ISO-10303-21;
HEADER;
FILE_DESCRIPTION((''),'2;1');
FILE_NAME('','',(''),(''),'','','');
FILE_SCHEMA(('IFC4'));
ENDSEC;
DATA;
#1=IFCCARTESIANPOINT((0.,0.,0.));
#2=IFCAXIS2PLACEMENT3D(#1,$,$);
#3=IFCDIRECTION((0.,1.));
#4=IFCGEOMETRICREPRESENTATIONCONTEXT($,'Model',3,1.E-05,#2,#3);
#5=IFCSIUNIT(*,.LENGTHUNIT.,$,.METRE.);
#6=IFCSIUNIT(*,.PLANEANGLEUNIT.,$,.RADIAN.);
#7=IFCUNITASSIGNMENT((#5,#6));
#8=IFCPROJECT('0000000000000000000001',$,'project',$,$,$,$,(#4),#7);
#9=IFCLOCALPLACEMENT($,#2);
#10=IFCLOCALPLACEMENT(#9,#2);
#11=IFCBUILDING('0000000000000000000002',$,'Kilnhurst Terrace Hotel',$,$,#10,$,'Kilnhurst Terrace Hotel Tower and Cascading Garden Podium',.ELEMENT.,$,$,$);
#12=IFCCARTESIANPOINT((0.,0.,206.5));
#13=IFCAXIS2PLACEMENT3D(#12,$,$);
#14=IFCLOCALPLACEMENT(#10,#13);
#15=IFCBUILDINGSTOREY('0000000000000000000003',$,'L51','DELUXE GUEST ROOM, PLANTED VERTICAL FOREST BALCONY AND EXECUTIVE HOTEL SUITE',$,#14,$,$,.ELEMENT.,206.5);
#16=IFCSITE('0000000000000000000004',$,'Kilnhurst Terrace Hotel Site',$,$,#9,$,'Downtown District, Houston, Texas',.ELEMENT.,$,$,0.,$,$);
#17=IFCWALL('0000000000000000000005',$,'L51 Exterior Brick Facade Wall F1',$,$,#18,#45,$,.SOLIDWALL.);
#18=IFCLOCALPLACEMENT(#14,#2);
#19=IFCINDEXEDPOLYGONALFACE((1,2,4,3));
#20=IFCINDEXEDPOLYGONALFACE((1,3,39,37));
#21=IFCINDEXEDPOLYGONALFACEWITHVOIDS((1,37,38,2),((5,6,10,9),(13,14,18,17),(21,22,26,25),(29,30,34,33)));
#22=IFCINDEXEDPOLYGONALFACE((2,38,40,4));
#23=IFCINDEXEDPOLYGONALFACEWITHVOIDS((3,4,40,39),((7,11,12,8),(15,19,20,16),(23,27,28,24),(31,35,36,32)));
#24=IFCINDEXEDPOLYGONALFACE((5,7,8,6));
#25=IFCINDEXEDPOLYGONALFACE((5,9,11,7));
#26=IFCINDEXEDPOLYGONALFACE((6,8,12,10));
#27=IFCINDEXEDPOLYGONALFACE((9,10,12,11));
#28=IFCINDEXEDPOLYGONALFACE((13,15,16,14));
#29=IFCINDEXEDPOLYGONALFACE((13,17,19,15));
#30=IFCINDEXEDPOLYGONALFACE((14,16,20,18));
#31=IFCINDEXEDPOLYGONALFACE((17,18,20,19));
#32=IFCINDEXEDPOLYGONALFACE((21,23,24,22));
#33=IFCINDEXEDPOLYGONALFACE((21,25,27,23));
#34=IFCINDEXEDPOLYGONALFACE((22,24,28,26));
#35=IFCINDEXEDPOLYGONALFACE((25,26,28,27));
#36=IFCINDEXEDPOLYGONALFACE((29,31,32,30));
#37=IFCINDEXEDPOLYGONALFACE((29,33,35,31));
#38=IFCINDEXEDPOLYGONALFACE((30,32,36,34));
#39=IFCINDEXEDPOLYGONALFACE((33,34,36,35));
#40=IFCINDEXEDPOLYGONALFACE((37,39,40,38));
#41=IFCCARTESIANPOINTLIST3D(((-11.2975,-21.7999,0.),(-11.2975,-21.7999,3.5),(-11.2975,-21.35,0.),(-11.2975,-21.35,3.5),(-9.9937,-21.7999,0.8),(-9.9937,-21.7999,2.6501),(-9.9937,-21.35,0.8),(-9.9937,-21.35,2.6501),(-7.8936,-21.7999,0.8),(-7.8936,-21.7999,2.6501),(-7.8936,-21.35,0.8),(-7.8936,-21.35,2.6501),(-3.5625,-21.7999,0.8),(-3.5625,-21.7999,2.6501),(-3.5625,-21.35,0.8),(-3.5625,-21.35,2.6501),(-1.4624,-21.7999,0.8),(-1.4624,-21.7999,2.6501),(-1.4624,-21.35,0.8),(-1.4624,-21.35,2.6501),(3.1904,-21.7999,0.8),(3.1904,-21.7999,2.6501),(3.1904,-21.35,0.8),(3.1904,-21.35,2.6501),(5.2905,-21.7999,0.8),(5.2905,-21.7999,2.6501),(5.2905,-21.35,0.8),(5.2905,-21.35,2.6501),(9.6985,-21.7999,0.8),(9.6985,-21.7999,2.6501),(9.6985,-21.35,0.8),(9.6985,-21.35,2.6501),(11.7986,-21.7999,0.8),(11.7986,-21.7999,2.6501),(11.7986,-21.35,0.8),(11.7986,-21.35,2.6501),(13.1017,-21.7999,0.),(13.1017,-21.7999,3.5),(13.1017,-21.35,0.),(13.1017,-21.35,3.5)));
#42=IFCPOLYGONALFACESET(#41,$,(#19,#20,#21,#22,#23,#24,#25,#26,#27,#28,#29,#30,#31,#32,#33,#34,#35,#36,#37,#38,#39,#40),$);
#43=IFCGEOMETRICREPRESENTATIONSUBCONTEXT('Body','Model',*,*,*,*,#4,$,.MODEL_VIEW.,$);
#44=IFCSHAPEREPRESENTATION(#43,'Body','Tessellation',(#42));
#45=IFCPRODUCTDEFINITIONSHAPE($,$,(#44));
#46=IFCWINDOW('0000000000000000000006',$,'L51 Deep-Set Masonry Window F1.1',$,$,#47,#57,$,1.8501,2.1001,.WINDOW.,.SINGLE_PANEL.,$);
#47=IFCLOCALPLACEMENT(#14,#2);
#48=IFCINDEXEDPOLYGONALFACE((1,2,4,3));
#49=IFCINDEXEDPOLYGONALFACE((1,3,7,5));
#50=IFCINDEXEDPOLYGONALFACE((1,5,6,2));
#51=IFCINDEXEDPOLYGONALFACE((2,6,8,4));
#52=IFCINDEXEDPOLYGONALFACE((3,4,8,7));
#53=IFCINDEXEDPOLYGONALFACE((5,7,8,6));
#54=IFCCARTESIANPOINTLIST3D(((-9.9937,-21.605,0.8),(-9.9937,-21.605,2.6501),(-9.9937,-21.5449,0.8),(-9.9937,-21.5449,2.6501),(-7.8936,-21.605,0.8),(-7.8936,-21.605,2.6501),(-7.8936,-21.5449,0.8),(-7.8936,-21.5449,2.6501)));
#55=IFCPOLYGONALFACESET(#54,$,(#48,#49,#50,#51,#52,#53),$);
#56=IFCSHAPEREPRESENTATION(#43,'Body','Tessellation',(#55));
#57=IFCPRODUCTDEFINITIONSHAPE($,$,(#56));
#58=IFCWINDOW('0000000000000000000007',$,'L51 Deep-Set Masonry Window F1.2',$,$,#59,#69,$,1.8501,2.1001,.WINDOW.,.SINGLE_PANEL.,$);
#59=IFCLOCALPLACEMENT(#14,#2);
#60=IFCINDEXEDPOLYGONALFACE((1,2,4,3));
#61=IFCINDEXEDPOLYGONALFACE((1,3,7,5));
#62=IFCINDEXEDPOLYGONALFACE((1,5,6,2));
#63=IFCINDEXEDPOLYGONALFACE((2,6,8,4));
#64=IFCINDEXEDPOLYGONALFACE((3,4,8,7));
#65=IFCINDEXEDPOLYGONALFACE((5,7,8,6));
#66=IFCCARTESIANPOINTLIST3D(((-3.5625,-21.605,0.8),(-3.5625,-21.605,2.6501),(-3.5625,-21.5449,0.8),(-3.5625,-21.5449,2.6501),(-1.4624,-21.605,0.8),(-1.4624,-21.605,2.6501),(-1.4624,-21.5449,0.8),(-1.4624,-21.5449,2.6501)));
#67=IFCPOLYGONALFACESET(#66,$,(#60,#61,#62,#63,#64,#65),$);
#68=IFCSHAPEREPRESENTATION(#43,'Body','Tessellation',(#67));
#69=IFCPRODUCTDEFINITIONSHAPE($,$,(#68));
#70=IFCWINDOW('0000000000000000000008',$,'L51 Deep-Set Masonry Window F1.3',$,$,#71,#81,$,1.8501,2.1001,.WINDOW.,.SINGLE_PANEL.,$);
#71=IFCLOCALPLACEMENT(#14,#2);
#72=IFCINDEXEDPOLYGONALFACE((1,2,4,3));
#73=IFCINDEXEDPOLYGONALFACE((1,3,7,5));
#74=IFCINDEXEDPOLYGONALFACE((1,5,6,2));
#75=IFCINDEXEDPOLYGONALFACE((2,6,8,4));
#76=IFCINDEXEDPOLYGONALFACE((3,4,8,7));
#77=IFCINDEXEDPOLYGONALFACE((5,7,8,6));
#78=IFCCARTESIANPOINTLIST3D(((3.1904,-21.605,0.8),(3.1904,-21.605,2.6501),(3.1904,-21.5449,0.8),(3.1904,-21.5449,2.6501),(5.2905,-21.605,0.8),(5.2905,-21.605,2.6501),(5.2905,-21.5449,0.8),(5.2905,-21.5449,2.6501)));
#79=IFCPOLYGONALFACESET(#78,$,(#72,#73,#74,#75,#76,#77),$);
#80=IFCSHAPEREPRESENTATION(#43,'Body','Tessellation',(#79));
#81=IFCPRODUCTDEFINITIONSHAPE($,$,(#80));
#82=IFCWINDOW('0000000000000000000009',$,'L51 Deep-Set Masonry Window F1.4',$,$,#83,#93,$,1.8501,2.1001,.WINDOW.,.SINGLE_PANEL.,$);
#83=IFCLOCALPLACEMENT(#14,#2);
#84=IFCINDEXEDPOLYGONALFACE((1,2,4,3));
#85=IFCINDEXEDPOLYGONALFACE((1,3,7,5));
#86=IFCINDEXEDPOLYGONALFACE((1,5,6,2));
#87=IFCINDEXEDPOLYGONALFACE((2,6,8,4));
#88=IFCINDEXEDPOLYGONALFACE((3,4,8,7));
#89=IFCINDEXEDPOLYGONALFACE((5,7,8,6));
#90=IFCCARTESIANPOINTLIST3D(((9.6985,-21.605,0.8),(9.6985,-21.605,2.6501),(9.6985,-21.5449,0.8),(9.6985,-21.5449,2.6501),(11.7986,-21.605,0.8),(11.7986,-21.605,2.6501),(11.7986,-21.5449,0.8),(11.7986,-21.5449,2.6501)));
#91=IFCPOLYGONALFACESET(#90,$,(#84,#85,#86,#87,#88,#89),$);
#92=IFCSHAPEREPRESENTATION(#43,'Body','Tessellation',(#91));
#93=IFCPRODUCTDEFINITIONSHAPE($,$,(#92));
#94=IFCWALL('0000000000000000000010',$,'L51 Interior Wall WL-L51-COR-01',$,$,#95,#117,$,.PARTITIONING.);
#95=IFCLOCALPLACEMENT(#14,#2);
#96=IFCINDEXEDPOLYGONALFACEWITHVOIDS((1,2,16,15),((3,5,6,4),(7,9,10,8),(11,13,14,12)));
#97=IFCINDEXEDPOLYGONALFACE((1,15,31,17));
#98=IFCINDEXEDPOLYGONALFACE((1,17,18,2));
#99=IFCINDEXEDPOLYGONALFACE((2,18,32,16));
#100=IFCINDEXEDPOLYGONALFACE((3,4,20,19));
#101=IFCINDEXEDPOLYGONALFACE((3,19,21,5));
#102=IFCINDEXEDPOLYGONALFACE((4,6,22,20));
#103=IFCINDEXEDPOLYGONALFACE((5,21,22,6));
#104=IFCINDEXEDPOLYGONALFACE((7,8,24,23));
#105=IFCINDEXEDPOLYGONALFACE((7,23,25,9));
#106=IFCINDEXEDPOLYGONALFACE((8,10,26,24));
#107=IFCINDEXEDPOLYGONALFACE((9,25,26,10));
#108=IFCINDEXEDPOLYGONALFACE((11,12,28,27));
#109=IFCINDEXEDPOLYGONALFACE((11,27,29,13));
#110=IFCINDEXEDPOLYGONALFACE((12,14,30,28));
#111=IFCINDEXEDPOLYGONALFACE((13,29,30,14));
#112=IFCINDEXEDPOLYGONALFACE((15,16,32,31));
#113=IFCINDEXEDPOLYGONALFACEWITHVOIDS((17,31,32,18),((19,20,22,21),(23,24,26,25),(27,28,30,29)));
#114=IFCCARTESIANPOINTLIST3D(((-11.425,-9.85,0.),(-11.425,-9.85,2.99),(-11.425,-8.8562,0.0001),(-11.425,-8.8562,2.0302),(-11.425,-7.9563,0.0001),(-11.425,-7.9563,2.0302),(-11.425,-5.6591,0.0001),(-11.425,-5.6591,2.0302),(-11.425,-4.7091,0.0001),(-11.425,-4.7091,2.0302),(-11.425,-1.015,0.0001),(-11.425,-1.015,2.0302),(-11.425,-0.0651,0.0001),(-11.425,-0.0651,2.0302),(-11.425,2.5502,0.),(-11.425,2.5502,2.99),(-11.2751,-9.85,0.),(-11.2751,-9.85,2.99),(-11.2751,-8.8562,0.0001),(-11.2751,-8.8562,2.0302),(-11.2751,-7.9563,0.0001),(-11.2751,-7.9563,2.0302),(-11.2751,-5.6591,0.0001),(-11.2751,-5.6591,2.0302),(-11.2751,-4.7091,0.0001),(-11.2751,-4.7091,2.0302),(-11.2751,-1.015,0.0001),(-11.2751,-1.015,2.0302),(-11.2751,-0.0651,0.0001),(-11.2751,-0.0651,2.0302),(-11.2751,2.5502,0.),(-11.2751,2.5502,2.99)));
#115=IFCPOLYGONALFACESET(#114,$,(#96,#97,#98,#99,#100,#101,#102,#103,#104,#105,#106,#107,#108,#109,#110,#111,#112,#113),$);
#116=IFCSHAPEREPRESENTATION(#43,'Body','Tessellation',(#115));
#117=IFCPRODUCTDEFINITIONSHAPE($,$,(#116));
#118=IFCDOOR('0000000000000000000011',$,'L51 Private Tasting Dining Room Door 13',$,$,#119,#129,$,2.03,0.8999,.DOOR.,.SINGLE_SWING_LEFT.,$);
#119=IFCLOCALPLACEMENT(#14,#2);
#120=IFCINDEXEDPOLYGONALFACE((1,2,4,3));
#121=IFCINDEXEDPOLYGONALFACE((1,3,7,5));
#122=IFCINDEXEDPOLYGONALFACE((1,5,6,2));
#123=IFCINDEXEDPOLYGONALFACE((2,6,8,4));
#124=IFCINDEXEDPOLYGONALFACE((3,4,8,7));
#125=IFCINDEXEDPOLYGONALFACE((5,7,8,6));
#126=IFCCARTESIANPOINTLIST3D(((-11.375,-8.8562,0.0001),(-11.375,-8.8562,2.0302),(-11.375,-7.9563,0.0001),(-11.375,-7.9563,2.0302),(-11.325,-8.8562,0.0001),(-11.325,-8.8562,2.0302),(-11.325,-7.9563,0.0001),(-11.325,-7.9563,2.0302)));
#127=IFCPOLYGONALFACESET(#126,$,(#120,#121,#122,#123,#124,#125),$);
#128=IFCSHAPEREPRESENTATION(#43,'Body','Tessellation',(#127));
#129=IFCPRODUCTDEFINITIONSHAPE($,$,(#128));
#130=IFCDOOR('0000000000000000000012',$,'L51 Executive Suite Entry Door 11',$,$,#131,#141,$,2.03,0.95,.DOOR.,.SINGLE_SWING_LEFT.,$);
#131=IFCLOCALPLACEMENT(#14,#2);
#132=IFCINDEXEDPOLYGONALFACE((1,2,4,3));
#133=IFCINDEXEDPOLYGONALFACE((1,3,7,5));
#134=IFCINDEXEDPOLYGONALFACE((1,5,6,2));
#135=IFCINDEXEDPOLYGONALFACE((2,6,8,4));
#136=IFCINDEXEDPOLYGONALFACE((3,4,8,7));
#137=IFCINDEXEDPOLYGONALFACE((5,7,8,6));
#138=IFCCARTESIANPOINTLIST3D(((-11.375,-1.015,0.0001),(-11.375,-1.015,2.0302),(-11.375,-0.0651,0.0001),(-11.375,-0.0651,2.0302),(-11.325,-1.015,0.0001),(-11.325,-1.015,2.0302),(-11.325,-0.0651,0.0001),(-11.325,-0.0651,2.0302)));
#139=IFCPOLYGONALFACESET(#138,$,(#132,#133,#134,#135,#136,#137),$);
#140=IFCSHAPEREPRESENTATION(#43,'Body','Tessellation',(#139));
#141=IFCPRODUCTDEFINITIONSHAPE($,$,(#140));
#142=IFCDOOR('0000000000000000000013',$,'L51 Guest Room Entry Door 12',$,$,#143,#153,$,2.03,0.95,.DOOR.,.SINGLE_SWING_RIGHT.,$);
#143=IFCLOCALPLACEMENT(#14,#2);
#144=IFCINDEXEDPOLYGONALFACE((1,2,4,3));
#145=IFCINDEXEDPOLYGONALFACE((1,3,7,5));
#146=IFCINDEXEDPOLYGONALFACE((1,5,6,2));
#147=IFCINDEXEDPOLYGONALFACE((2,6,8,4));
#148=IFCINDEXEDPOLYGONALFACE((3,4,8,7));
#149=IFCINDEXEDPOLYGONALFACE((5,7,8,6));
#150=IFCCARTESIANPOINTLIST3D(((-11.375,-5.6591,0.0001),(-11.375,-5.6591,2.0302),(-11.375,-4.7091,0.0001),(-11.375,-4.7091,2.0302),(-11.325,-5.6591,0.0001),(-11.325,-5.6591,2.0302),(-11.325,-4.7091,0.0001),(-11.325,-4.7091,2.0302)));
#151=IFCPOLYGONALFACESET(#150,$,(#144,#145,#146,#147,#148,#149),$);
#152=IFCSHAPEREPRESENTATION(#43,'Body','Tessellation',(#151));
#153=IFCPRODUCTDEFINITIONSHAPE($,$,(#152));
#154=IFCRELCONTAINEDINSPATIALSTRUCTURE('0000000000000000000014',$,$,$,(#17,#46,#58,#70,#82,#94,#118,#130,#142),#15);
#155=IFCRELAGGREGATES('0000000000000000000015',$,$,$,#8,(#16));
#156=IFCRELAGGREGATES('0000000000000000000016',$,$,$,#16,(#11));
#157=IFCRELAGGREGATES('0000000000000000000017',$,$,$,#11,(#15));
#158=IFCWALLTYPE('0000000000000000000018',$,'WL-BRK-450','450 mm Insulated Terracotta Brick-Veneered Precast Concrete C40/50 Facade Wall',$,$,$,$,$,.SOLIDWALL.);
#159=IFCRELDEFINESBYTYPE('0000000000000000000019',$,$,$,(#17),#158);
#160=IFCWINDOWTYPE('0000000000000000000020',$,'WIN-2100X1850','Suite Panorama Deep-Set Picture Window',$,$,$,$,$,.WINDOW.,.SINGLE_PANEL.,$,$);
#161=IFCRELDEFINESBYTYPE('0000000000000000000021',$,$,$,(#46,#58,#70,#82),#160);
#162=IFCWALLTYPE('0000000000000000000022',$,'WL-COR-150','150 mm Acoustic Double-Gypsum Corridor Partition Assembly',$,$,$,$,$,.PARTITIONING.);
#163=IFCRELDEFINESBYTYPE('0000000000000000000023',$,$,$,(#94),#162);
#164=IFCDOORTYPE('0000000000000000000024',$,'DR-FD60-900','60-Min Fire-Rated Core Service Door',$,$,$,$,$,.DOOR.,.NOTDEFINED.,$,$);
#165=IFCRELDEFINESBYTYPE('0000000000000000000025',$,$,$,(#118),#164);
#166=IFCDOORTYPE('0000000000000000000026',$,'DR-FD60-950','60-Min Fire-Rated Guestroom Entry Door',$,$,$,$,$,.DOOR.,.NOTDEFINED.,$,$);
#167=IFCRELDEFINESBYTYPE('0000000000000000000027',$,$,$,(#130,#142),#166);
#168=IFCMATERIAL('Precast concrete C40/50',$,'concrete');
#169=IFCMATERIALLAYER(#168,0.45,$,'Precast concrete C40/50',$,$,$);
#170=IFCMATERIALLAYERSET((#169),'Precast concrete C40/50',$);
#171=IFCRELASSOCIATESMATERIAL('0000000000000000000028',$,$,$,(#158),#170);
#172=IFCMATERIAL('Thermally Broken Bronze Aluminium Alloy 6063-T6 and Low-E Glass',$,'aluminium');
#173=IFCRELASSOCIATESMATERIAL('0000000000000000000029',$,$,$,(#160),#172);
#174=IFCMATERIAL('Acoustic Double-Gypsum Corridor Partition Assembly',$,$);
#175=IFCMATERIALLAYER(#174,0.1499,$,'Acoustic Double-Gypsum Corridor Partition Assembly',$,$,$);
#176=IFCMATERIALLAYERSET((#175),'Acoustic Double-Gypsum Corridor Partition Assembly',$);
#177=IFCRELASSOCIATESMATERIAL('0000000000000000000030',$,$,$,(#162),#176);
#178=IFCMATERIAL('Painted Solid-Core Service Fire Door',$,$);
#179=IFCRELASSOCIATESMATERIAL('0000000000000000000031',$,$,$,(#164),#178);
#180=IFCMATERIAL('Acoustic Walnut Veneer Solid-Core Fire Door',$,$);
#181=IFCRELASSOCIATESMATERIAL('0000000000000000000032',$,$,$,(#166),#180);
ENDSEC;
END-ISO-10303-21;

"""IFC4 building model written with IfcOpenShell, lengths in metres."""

from ifc_helpers import new_model, si_unit, direction, frame, frame_2d, origin, place, context, subcontext, project, spatial, rectangle, extrude, material, layer, layer_set, type_object, element, fill, save


model = new_model("IFC4")

# Units and contexts
model_context = context("Model", 3, precision=1e-05, world=origin(), true_north=direction((0.0, 1.0)))
body_context = subcontext(model_context, "Body", "Model", "MODEL_VIEW")
ifc_project = project(units=[si_unit("LENGTHUNIT", "METRE"), si_unit("PLANEANGLEUNIT", "RADIAN")], contexts=[model_context])

# Site, building, storey
site_placement = place(None, origin())
site = spatial("IfcSite", under=ifc_project, at=site_placement, Name="Kilnhurst Terrace Hotel Site", LongName="Downtown District, Houston, Texas", CompositionType="ELEMENT", RefElevation=0.0)
building_placement = place(site_placement, origin())
building = spatial("IfcBuilding", under=site, at=building_placement, Name="Kilnhurst Terrace Hotel", LongName="Kilnhurst Terrace Hotel Tower and Cascading Garden Podium", CompositionType="ELEMENT")
storey_placement = place(building_placement, frame((0.0, 0.0, 206.5)))
storey = spatial("IfcBuildingStorey", under=building, at=storey_placement, Name="L51", Description="DELUXE GUEST ROOM, PLANTED VERTICAL FOREST BALCONY AND EXECUTIVE HOTEL SUITE", CompositionType="ELEMENT", Elevation=206.5)

# Shared definitions
ifc_material_1 = material(Name="Precast concrete C40/50", Category="concrete")
ifc_layer_1 = layer(ifc_material_1, 0.45, Name="Precast concrete C40/50")
ifc_layer_set_1 = layer_set([ifc_layer_1], Name="Precast concrete C40/50")
wall_type_1 = type_object("IfcWallType", Name="WL-BRK-450", Description="450 mm Insulated Terracotta Brick-Veneered Precast Concrete C40/50 Facade Wall", PredefinedType="SOLIDWALL", material=ifc_layer_set_1)

# Wall, openings, windows
wall_1_placement = place(storey_placement, frame((-11.2976, -21.575, 0.0), z_axis=(0.0, 0.0, 1.0), x_axis=(1.0, 0.0, 0.0)))
wall_1 = element("IfcWall", 1, at=wall_1_placement, inside=storey, type_object=wall_type_1, Name="L51 Exterior Brick Facade Wall F1", PredefinedType="SOLIDWALL", context=body_context, shape_type="SweptSolid", body=[
    extrude(rectangle(XDim=24.3992, YDim=0.45, at=frame_2d((12.1997, 0.0))), origin(), (0.0, 0.0, 1.0), 3.5),
])
opening_1_placement = place(wall_1_placement, frame((1.304, 0.0, 0.8)))
opening_1 = element("IfcOpeningElement", 2, at=opening_1_placement, cuts=wall_1, PredefinedType="OPENING", context=body_context, shape_type="SweptSolid", body=[
    extrude(rectangle(XDim=2.1001, YDim=1.8501, at=frame_2d((1.05, 0.925))), frame((0.0, 0.2349, 0.0), z_axis=(0.0, -1.0, 0.0), x_axis=(1.0, 0.0, 0.0)), (0.0, 0.0, 1.0), 0.47),
])
opening_2_placement = place(wall_1_placement, frame((7.7351, 0.0, 0.8)))
opening_2 = element("IfcOpeningElement", 3, at=opening_2_placement, cuts=wall_1, PredefinedType="OPENING", context=body_context, shape_type="SweptSolid", body=[
    extrude(rectangle(XDim=2.1001, YDim=1.8501, at=frame_2d((1.05, 0.925))), frame((0.0, 0.2349, 0.0), z_axis=(0.0, -1.0, 0.0), x_axis=(1.0, 0.0, 0.0)), (0.0, 0.0, 1.0), 0.47),
])
opening_3_placement = place(wall_1_placement, frame((14.488, 0.0, 0.8)))
opening_3 = element("IfcOpeningElement", 4, at=opening_3_placement, cuts=wall_1, PredefinedType="OPENING", context=body_context, shape_type="SweptSolid", body=[
    extrude(rectangle(XDim=2.1001, YDim=1.8501, at=frame_2d((1.05, 0.925))), frame((0.0, 0.2349, 0.0), z_axis=(0.0, -1.0, 0.0), x_axis=(1.0, 0.0, 0.0)), (0.0, 0.0, 1.0), 0.47),
])
opening_4_placement = place(wall_1_placement, frame((20.9961, 0.0, 0.8)))
opening_4 = element("IfcOpeningElement", 5, at=opening_4_placement, cuts=wall_1, PredefinedType="OPENING", context=body_context, shape_type="SweptSolid", body=[
    extrude(rectangle(XDim=2.1001, YDim=1.8501, at=frame_2d((1.05, 0.925))), frame((0.0, 0.2349, 0.0), z_axis=(0.0, -1.0, 0.0), x_axis=(1.0, 0.0, 0.0)), (0.0, 0.0, 1.0), 0.47),
])
ifc_material_2 = material(Name="Thermally Broken Bronze Aluminium Alloy 6063-T6 and Low-E Glass", Category="aluminium")
window_type = type_object("IfcWindowType", Name="WIN-2100X1850", Description="Suite Panorama Deep-Set Picture Window", PartitioningType="SINGLE_PANEL", PredefinedType="WINDOW", material=ifc_material_2)
window_1_placement = place(opening_1_placement, origin())
window_1 = element("IfcWindow", 6, at=window_1_placement, inside=storey, type_object=window_type, Name="L51 Deep-Set Masonry Window F1.1", OverallHeight=1.8501, OverallWidth=2.1001, PartitioningType="SINGLE_PANEL", PredefinedType="WINDOW", context=body_context, shape_type="SweptSolid", body=[
    extrude(rectangle(XDim=2.1001, YDim=1.8501, at=frame_2d((1.05, 0.925))), frame((0.0, 0.03, 0.0), z_axis=(0.0, -1.0, 0.0), x_axis=(1.0, 0.0, 0.0)), (0.0, 0.0, 1.0), 0.0601),
])
fill(opening_1, window_1)
window_2_placement = place(opening_2_placement, origin())
window_2 = element("IfcWindow", 7, at=window_2_placement, inside=storey, type_object=window_type, Name="L51 Deep-Set Masonry Window F1.2", OverallHeight=1.8501, OverallWidth=2.1001, PartitioningType="SINGLE_PANEL", PredefinedType="WINDOW", context=body_context, shape_type="SweptSolid", body=[
    extrude(rectangle(XDim=2.1001, YDim=1.8501, at=frame_2d((1.05, 0.925))), frame((0.0, 0.03, 0.0), z_axis=(0.0, -1.0, 0.0), x_axis=(1.0, 0.0, 0.0)), (0.0, 0.0, 1.0), 0.0601),
])
fill(opening_2, window_2)
window_3_placement = place(opening_3_placement, origin())
window_3 = element("IfcWindow", 8, at=window_3_placement, inside=storey, type_object=window_type, Name="L51 Deep-Set Masonry Window F1.3", OverallHeight=1.8501, OverallWidth=2.1001, PartitioningType="SINGLE_PANEL", PredefinedType="WINDOW", context=body_context, shape_type="SweptSolid", body=[
    extrude(rectangle(XDim=2.1001, YDim=1.8501, at=frame_2d((1.05, 0.925))), frame((0.0, 0.03, 0.0), z_axis=(0.0, -1.0, 0.0), x_axis=(1.0, 0.0, 0.0)), (0.0, 0.0, 1.0), 0.0601),
])
fill(opening_3, window_3)
window_4_placement = place(opening_4_placement, origin())
window_4 = element("IfcWindow", 9, at=window_4_placement, inside=storey, type_object=window_type, Name="L51 Deep-Set Masonry Window F1.4", OverallHeight=1.8501, OverallWidth=2.1001, PartitioningType="SINGLE_PANEL", PredefinedType="WINDOW", context=body_context, shape_type="SweptSolid", body=[
    extrude(rectangle(XDim=2.1001, YDim=1.8501, at=frame_2d((1.05, 0.925))), frame((0.0, 0.03, 0.0), z_axis=(0.0, -1.0, 0.0), x_axis=(1.0, 0.0, 0.0)), (0.0, 0.0, 1.0), 0.0601),
])
fill(opening_4, window_4)

# Wall, openings, doors
ifc_material_3 = material(Name="Acoustic Double-Gypsum Corridor Partition Assembly")
ifc_layer_2 = layer(ifc_material_3, 0.1499, Name="Acoustic Double-Gypsum Corridor Partition Assembly")
ifc_layer_set_2 = layer_set([ifc_layer_2], Name="Acoustic Double-Gypsum Corridor Partition Assembly")
wall_type_2 = type_object("IfcWallType", Name="WL-COR-150", Description="150 mm Acoustic Double-Gypsum Corridor Partition Assembly", PredefinedType="PARTITIONING", material=ifc_layer_set_2)
wall_2_placement = place(storey_placement, frame((-11.3501, -9.8501, 0.0), z_axis=(0.0, 0.0, 1.0), x_axis=(0.0, 1.0, 0.0)))
wall_2 = element("IfcWall", 10, at=wall_2_placement, inside=storey, type_object=wall_type_2, Name="L51 Interior Wall WL-L51-COR-01", PredefinedType="PARTITIONING", context=body_context, shape_type="SweptSolid", body=[
    extrude(rectangle(XDim=12.4001, YDim=0.1499, at=frame_2d((6.2002, 0.0))), origin(), (0.0, 0.0, 1.0), 2.99),
])
opening_5_placement = place(wall_2_placement, frame((8.835, 0.0, 0.0)))
opening_5 = element("IfcOpeningElement", 11, at=opening_5_placement, cuts=wall_2, PredefinedType="OPENING", context=body_context, shape_type="SweptSolid", body=[
    extrude(rectangle(XDim=0.95, YDim=2.03, at=frame_2d((0.4751, 1.0151))), frame((0.0, 0.085, 0.0), z_axis=(0.0, -1.0, 0.0), x_axis=(1.0, 0.0, 0.0)), (0.0, 0.0, 1.0), 0.1699),
])
opening_6_placement = place(wall_2_placement, frame((4.1909, 0.0, 0.0)))
opening_6 = element("IfcOpeningElement", 12, at=opening_6_placement, cuts=wall_2, PredefinedType="OPENING", context=body_context, shape_type="SweptSolid", body=[
    extrude(rectangle(XDim=0.95, YDim=2.03, at=frame_2d((0.4751, 1.0151))), frame((0.0, 0.085, 0.0), z_axis=(0.0, -1.0, 0.0), x_axis=(1.0, 0.0, 0.0)), (0.0, 0.0, 1.0), 0.1699),
])
opening_7_placement = place(wall_2_placement, frame((0.9939, 0.0, 0.0)))
opening_7 = element("IfcOpeningElement", 13, at=opening_7_placement, cuts=wall_2, PredefinedType="OPENING", context=body_context, shape_type="SweptSolid", body=[
    extrude(rectangle(XDim=0.8999, YDim=2.03, at=frame_2d((0.45, 1.0151))), frame((0.0, 0.085, 0.0), z_axis=(0.0, -1.0, 0.0), x_axis=(1.0, 0.0, 0.0)), (0.0, 0.0, 1.0), 0.1699),
])
ifc_material_4 = material(Name="Painted Solid-Core Service Fire Door")
door_type_1 = type_object("IfcDoorType", Name="DR-FD60-900", Description="60-Min Fire-Rated Core Service Door", OperationType="NOTDEFINED", PredefinedType="DOOR", material=ifc_material_4)
door_1_placement = place(opening_7_placement, origin())
door_1 = element("IfcDoor", 14, at=door_1_placement, inside=storey, type_object=door_type_1, Name="L51 Private Tasting Dining Room Door 13", OperationType="SINGLE_SWING_LEFT", OverallHeight=2.03, OverallWidth=0.8999, PredefinedType="DOOR", context=body_context, shape_type="SweptSolid", body=[
    extrude(rectangle(XDim=0.8999, YDim=2.03, at=frame_2d((0.45, 1.0151))), frame((0.0, 0.0249, 0.0), z_axis=(0.0, -1.0, 0.0), x_axis=(1.0, 0.0, 0.0)), (0.0, 0.0, 1.0), 0.05),
])
fill(opening_7, door_1)
ifc_material_5 = material(Name="Acoustic Walnut Veneer Solid-Core Fire Door")
door_type_2 = type_object("IfcDoorType", Name="DR-FD60-950", Description="60-Min Fire-Rated Guestroom Entry Door", OperationType="NOTDEFINED", PredefinedType="DOOR", material=ifc_material_5)
door_2_placement = place(opening_5_placement, origin())
door_2 = element("IfcDoor", 15, at=door_2_placement, inside=storey, type_object=door_type_2, Name="L51 Executive Suite Entry Door 11", OperationType="SINGLE_SWING_LEFT", OverallHeight=2.03, OverallWidth=0.95, PredefinedType="DOOR", context=body_context, shape_type="SweptSolid", body=[
    extrude(rectangle(XDim=0.95, YDim=2.03, at=frame_2d((0.4751, 1.0151))), frame((0.0, 0.0249, 0.0), z_axis=(0.0, -1.0, 0.0), x_axis=(1.0, 0.0, 0.0)), (0.0, 0.0, 1.0), 0.05),
])
fill(opening_5, door_2)
door_3_placement = place(opening_6_placement, origin())
door_3 = element("IfcDoor", 16, at=door_3_placement, inside=storey, type_object=door_type_2, Name="L51 Guest Room Entry Door 12", OperationType="SINGLE_SWING_RIGHT", OverallHeight=2.03, OverallWidth=0.95, PredefinedType="DOOR", context=body_context, shape_type="SweptSolid", body=[
    extrude(rectangle(XDim=0.95, YDim=2.03, at=frame_2d((0.4751, 1.0151))), frame((0.0, 0.0249, 0.0), z_axis=(0.0, -1.0, 0.0), x_axis=(1.0, 0.0, 0.0)), (0.0, 0.0, 1.0), 0.05),
])
fill(opening_6, door_3)

save(model, "model.ifc")
